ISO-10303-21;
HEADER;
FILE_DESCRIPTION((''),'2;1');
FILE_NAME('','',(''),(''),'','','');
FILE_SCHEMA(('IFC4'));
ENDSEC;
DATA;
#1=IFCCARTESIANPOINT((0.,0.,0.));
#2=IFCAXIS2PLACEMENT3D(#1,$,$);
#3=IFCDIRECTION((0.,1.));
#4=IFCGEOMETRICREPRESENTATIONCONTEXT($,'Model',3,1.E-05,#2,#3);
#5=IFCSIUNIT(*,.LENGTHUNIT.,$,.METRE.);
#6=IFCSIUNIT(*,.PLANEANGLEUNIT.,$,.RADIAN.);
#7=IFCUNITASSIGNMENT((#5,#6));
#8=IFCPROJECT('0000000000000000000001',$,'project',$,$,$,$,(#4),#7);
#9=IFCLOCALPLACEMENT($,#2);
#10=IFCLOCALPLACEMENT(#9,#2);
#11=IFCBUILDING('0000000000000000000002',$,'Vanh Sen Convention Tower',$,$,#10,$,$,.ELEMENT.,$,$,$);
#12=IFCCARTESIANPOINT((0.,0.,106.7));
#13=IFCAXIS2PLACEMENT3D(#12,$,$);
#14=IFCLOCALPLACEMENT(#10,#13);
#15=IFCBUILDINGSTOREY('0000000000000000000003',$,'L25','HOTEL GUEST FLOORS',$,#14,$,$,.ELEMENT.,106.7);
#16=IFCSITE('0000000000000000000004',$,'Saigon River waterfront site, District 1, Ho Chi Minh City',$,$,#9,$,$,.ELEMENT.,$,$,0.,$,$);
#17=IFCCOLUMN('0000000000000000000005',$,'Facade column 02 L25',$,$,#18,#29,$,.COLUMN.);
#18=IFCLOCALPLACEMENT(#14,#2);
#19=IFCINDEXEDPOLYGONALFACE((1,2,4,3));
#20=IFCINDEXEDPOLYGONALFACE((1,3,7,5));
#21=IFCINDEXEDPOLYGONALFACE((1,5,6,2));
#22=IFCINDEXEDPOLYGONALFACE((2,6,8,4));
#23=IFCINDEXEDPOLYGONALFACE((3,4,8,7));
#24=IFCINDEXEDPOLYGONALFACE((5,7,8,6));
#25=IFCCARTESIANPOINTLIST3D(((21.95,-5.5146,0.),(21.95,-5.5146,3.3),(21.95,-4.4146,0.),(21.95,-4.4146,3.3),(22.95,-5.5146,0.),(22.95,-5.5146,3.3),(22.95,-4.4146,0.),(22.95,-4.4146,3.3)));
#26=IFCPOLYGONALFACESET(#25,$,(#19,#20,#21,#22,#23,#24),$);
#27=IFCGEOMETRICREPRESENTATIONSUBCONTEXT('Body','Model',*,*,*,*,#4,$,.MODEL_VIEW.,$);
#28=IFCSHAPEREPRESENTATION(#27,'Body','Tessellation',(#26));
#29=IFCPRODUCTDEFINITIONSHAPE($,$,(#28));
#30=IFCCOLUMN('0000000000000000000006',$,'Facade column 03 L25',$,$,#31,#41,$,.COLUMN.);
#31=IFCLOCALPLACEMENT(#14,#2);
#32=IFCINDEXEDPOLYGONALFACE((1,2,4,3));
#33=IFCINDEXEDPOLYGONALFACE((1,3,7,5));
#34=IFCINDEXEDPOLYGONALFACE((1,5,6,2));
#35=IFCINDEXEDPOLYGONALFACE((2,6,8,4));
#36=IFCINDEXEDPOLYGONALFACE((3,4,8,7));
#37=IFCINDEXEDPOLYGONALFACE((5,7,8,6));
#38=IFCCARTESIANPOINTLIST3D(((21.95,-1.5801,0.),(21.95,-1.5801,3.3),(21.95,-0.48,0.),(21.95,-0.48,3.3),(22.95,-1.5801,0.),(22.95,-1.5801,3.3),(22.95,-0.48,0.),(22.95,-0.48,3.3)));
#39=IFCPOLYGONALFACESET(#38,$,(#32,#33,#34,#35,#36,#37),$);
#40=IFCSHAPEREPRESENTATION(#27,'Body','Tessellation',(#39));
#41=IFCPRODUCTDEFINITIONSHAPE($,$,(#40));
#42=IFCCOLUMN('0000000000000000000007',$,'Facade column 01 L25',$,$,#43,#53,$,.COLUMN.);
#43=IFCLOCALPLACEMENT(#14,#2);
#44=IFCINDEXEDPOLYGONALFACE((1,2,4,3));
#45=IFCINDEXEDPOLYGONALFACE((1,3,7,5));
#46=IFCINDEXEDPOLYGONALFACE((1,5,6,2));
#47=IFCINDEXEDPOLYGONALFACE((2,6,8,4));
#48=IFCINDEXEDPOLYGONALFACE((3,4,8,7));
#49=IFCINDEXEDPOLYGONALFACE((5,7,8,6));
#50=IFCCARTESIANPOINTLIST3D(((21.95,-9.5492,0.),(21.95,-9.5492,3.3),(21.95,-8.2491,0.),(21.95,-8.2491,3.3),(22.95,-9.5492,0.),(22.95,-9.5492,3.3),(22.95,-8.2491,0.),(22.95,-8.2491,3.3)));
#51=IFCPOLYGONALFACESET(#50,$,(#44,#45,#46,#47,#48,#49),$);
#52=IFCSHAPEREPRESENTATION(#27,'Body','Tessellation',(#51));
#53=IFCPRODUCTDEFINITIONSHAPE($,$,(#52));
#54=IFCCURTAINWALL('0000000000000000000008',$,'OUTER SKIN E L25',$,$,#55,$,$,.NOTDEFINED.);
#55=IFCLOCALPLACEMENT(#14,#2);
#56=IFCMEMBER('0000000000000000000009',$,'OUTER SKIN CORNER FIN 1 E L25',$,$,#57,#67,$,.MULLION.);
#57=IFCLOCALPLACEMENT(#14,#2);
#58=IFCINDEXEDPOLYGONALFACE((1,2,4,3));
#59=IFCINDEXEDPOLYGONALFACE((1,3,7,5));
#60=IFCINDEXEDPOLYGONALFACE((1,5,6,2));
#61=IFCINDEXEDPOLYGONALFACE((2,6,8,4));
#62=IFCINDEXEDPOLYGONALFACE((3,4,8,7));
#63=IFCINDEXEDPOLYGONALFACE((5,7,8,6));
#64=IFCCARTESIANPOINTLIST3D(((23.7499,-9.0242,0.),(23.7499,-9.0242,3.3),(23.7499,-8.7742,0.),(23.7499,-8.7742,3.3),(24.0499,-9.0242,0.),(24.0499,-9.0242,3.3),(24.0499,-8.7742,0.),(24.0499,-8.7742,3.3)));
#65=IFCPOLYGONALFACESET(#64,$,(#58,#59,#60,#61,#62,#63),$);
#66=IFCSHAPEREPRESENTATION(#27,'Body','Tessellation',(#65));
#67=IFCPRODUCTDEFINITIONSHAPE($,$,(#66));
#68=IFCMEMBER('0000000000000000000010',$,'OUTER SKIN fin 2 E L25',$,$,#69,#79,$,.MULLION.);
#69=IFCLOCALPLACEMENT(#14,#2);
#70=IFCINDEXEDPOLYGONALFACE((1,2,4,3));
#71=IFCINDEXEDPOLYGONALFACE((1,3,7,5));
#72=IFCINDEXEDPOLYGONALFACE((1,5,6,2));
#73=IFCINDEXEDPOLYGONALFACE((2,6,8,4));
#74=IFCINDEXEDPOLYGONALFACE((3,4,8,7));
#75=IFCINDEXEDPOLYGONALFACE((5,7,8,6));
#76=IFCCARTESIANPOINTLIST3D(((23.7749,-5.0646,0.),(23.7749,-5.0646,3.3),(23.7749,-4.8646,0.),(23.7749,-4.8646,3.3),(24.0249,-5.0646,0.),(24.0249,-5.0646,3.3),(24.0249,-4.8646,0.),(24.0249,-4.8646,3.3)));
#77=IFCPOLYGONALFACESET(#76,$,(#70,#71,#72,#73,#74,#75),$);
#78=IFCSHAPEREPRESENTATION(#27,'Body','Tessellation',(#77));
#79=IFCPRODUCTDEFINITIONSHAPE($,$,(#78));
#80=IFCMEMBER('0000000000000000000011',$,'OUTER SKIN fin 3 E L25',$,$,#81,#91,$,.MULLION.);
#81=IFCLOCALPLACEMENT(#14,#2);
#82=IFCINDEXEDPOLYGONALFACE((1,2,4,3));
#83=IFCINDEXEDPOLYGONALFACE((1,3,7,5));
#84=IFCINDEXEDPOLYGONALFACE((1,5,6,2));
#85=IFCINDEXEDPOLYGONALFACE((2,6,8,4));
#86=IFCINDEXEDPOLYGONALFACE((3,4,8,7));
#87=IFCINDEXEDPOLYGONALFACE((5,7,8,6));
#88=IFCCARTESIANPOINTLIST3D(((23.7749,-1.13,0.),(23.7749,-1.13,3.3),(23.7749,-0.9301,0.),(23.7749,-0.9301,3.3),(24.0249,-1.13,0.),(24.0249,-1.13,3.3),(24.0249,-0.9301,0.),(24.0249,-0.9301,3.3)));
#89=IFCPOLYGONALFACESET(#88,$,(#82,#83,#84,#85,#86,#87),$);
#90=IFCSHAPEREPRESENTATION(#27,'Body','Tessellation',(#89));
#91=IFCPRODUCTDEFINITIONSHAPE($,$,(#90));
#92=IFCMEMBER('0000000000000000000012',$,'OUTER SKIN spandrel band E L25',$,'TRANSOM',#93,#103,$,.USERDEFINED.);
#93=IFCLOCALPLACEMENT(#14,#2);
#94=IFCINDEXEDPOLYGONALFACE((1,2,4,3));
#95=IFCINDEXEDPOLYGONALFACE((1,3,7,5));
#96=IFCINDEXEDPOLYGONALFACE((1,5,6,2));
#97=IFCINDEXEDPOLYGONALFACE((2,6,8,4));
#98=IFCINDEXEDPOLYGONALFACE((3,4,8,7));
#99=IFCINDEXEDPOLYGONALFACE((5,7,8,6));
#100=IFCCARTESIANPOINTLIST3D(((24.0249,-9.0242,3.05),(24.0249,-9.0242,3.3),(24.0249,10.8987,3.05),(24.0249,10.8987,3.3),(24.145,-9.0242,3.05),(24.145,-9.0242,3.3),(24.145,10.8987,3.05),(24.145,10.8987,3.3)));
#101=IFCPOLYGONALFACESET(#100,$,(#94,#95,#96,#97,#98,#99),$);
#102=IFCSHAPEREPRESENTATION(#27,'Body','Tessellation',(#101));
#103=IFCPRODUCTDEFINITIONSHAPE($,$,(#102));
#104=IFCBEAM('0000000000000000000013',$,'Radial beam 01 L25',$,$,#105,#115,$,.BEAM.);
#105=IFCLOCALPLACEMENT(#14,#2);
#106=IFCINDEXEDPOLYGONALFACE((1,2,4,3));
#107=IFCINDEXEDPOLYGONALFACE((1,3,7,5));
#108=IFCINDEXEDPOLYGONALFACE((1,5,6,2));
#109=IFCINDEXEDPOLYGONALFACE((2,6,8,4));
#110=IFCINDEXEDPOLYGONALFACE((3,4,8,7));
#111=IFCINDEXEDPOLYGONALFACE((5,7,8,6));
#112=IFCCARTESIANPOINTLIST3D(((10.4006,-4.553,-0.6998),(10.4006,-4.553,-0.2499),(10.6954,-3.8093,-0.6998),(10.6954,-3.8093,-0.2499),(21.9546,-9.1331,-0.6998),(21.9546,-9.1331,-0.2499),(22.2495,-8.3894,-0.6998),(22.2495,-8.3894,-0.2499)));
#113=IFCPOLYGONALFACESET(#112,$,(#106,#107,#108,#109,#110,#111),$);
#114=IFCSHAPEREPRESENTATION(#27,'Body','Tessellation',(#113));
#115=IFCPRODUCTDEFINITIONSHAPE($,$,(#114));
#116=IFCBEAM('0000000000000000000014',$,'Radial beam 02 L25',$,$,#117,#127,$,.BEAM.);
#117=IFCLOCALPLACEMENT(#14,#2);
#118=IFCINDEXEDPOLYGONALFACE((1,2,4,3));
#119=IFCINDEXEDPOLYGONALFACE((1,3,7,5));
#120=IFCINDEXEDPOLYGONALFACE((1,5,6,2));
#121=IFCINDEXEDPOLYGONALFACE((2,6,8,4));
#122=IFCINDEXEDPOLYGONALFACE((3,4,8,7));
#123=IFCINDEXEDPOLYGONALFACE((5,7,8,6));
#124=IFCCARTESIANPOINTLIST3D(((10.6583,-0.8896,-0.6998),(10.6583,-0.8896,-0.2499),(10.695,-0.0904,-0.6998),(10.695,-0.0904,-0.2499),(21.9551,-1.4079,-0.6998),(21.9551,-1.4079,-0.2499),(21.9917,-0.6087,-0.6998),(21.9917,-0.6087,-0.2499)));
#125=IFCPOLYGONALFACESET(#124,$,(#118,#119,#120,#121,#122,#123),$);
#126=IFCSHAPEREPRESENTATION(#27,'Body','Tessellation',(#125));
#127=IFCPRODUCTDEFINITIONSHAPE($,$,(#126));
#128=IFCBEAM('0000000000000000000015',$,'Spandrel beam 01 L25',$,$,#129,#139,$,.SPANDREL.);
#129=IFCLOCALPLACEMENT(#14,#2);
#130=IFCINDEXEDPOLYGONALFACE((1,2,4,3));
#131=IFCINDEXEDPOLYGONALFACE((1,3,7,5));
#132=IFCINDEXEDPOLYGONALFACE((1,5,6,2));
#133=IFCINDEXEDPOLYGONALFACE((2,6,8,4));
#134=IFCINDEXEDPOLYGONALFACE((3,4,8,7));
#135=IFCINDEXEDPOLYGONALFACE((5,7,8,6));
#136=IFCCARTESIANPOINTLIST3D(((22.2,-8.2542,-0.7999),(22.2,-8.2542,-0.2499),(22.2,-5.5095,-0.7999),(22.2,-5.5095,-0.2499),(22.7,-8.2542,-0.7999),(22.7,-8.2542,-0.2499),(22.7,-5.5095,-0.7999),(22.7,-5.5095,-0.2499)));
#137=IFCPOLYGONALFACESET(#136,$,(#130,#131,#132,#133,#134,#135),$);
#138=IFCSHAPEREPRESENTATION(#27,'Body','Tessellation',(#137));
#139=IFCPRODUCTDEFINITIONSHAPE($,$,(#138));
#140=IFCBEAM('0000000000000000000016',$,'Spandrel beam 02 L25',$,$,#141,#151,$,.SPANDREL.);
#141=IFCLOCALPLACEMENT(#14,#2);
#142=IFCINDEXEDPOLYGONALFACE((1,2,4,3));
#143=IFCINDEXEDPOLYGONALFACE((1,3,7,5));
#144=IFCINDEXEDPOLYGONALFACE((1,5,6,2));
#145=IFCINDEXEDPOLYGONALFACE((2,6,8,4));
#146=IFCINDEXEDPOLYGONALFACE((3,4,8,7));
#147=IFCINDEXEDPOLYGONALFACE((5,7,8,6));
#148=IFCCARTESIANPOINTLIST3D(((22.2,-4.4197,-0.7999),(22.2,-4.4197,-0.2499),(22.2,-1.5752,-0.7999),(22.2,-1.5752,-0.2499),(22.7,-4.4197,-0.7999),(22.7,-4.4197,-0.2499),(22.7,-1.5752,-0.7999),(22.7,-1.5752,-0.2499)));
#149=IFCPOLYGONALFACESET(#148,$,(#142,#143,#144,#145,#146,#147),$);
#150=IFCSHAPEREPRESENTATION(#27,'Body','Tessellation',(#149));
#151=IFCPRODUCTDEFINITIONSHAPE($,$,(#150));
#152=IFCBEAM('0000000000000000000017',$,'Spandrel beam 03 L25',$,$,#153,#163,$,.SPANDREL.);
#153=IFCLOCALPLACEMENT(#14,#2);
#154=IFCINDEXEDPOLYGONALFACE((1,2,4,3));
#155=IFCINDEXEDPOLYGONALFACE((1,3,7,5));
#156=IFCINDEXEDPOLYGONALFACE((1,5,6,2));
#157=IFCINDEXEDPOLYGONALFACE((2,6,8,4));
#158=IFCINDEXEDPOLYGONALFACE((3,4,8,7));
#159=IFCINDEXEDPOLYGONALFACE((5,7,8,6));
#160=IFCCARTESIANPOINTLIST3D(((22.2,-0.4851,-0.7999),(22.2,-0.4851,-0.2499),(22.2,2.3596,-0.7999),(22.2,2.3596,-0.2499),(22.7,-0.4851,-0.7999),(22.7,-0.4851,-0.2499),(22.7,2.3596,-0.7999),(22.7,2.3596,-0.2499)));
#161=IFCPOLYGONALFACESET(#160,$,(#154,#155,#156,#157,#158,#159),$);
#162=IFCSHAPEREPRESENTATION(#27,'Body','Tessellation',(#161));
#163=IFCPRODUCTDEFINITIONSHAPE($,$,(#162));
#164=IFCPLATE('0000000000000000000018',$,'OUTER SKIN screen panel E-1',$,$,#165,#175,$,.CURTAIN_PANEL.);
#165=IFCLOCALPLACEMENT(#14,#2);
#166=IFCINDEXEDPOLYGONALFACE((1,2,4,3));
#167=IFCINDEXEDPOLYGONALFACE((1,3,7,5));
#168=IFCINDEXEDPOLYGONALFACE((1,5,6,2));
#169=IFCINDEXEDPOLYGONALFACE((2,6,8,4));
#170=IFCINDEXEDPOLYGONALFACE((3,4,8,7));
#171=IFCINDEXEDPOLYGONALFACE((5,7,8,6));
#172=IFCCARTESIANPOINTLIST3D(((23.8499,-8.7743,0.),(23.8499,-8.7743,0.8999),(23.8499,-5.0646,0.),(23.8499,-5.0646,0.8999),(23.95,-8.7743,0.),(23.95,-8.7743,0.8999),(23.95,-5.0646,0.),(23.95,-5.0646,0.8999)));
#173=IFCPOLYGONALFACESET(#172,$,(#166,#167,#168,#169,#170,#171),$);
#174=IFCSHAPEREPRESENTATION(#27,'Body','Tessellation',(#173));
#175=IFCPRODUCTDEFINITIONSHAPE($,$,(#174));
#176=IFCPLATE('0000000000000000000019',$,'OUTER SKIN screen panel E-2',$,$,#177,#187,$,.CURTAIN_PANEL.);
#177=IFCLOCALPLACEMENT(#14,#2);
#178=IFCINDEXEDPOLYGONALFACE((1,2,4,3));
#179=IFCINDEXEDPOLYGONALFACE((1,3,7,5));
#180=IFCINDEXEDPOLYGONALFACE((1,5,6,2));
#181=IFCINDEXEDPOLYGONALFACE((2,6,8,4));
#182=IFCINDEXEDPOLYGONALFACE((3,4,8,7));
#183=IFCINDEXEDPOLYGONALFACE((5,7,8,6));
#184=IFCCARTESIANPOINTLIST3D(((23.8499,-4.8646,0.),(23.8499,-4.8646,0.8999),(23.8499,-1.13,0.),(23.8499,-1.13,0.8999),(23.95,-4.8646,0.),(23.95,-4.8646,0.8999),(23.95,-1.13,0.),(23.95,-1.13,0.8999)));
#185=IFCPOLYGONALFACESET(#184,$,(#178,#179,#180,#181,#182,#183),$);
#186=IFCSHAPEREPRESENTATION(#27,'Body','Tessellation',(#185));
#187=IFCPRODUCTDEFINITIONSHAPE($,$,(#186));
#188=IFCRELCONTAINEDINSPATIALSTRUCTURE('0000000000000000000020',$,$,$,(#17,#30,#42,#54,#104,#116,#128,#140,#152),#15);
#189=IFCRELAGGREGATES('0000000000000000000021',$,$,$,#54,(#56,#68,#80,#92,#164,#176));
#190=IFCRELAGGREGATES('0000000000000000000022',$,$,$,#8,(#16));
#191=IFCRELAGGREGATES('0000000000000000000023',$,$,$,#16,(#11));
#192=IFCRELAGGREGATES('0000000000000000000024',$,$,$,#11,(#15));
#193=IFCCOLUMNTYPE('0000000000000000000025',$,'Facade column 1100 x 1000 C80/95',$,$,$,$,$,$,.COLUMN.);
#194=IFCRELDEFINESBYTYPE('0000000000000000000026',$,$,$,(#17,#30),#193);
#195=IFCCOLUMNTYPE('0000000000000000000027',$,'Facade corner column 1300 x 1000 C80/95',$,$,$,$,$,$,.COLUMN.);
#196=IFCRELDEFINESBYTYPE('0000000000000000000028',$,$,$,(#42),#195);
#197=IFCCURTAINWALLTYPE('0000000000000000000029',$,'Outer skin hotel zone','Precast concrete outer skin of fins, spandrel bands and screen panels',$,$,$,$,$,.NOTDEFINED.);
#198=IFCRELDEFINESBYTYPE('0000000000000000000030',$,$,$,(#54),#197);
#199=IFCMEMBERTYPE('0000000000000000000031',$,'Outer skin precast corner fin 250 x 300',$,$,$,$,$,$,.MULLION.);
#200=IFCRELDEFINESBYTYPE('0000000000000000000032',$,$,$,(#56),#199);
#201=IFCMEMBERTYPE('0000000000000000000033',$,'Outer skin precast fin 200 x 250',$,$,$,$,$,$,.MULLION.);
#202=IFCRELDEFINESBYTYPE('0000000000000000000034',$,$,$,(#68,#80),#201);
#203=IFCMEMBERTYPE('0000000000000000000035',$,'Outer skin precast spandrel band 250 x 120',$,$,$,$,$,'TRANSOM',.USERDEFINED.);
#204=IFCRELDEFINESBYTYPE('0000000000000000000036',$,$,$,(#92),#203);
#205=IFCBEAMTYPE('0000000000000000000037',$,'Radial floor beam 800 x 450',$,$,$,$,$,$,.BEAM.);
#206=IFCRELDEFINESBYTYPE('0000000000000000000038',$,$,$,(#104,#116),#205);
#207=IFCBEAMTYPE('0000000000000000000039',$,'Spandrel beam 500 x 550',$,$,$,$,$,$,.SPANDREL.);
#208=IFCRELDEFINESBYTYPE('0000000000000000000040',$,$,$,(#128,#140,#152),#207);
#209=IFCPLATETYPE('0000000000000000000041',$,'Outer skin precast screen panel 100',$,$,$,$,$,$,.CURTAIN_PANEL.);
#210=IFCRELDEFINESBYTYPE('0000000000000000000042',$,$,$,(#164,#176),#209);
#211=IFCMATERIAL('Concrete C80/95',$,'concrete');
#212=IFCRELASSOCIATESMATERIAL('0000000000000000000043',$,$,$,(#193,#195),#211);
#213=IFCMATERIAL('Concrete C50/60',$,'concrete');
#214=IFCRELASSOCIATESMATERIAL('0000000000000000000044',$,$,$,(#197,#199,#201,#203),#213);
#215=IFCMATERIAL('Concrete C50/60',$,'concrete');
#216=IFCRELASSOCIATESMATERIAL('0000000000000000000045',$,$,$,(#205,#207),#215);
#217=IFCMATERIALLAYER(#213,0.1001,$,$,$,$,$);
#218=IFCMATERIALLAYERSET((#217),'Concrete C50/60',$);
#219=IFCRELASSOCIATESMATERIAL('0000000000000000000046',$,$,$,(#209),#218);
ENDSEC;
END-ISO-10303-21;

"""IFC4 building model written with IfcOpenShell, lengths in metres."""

from ifc_helpers import new_model, si_unit, direction, frame, origin, origin_2d, place, context, subcontext, project, spatial, rectangle, extrude, material, layer, layer_set, material_profile, profile_set, type_object, element, aggregate, save


model = new_model("IFC4")

# Units and contexts
model_context = context("Model", 3, precision=1e-05, world=origin(), true_north=direction((0.0, 1.0)))
body_context = subcontext(model_context, "Body", "Model", "MODEL_VIEW")
ifc_project = project(units=[si_unit("LENGTHUNIT", "METRE"), si_unit("PLANEANGLEUNIT", "RADIAN")], contexts=[model_context])

# Site, building, storey
site_placement = place(None, origin())
site = spatial("IfcSite", under=ifc_project, at=site_placement, Name="Saigon River waterfront site, District 1, Ho Chi Minh City", CompositionType="ELEMENT", RefElevation=0.0)
building_placement = place(site_placement, origin())
building = spatial("IfcBuilding", under=site, at=building_placement, Name="Vanh Sen Convention Tower", CompositionType="ELEMENT")
storey_placement = place(building_placement, frame((0.0, 0.0, 106.7)))
storey = spatial("IfcBuildingStorey", under=building, at=storey_placement, Name="L25", Description="HOTEL GUEST FLOORS", CompositionType="ELEMENT", Elevation=106.7)

# Columns
ifc_material_1 = material(Name="Concrete C80/95", Category="concrete")
ifc_material_profile_1 = material_profile(ifc_material_1, rectangle(XDim=1.1001, YDim=1.0, at=origin_2d()), Name="RC 1100X1000")
ifc_profile_set_1 = profile_set([ifc_material_profile_1], Name="Concrete C80/95")
column_type_1 = type_object("IfcColumnType", Name="Facade column 1100 x 1000 C80/95", PredefinedType="COLUMN", material=ifc_profile_set_1)
for number, where, z_axis, x_axis, name in (
    (1, (22.45, -4.9646, 0.0), (0.0, 0.0, 1.0), (0.0, 1.0, 0.0), "Facade column 02 L25"),
    (2, (22.45, -1.03, 0.0), (0.0, 0.0, 1.0), (0.0, 1.0, 0.0), "Facade column 03 L25"),
):
    element("IfcColumn", number, at=place(storey_placement, frame(where, z_axis=z_axis, x_axis=x_axis)), inside=storey, type_object=column_type_1, Name=name, PredefinedType="COLUMN", context=body_context, shape_type="SweptSolid", body=[
        extrude(rectangle(XDim=1.1001, YDim=1.0, at=origin_2d()), origin(), (0.0, 0.0, 1.0), 3.3),
    ])
ifc_material_profile_2 = material_profile(ifc_material_1, rectangle(XDim=1.3, YDim=1.0, at=origin_2d()), Name="RC 1300X1000")
ifc_profile_set_2 = profile_set([ifc_material_profile_2], Name="Concrete C80/95")
column_type_2 = type_object("IfcColumnType", Name="Facade corner column 1300 x 1000 C80/95", PredefinedType="COLUMN", material=ifc_profile_set_2)
column_placement = place(storey_placement, frame((22.45, -8.8992, 0.0), z_axis=(0.0, 0.0, 1.0), x_axis=(0.0, 1.0, 0.0)))
element("IfcColumn", 3, at=column_placement, inside=storey, type_object=column_type_2, Name="Facade column 01 L25", PredefinedType="COLUMN", context=body_context, shape_type="SweptSolid", body=[
    extrude(rectangle(XDim=1.3, YDim=1.0, at=origin_2d()), origin(), (0.0, 0.0, 1.0), 3.3),
])

# Curtain wall, members
ifc_material_2 = material(Name="Concrete C50/60", Category="concrete")
curtain_wall_type = type_object("IfcCurtainWallType", Name="Outer skin hotel zone", Description="Precast concrete outer skin of fins, spandrel bands and screen panels", PredefinedType="NOTDEFINED", material=ifc_material_2)
curtain_wall_1_placement = place(storey_placement, origin())
curtain_wall_1 = element("IfcCurtainWall", 4, at=curtain_wall_1_placement, inside=storey, type_object=curtain_wall_type, Name="OUTER SKIN E L25", PredefinedType="NOTDEFINED")
ifc_material_profile_3 = material_profile(ifc_material_2, rectangle(XDim=0.25, YDim=0.3, at=origin_2d()), Name="Outer skin precast corner fin 250 x 300")
ifc_profile_set_3 = profile_set([ifc_material_profile_3], Name="Concrete C50/60")
member_type_1 = type_object("IfcMemberType", Name="Outer skin precast corner fin 250 x 300", PredefinedType="MULLION", material=ifc_profile_set_3)
member_1_placement = place(storey_placement, frame((23.8999, -8.8992, 0.0), z_axis=(0.0, 0.0, 1.0), x_axis=(0.0, 1.0, 0.0)))
member_1 = element("IfcMember", 5, at=member_1_placement, type_object=member_type_1, Name="OUTER SKIN CORNER FIN 1 E L25", PredefinedType="MULLION", context=body_context, shape_type="SweptSolid", body=[
    extrude(rectangle(XDim=0.25, YDim=0.3, at=origin_2d()), origin(), (0.0, 0.0, 1.0), 3.3),
])
ifc_material_profile_4 = material_profile(ifc_material_2, rectangle(XDim=0.2, YDim=0.25, at=origin_2d()), Name="Outer skin precast fin 200 x 250")
ifc_profile_set_4 = profile_set([ifc_material_profile_4], Name="Concrete C50/60")
member_type_2 = type_object("IfcMemberType", Name="Outer skin precast fin 200 x 250", PredefinedType="MULLION", material=ifc_profile_set_4)
member_2_placement = place(storey_placement, frame((23.8999, -4.9646, 0.0), z_axis=(0.0, 0.0, 1.0), x_axis=(0.0, 1.0, 0.0)))
member_2 = element("IfcMember", 6, at=member_2_placement, type_object=member_type_2, Name="OUTER SKIN fin 2 E L25", PredefinedType="MULLION", context=body_context, shape_type="SweptSolid", body=[
    extrude(rectangle(XDim=0.2, YDim=0.25, at=origin_2d()), origin(), (0.0, 0.0, 1.0), 3.3),
])
member_3_placement = place(storey_placement, frame((23.8999, -1.03, 0.0), z_axis=(0.0, 0.0, 1.0), x_axis=(0.0, 1.0, 0.0)))
member_3 = element("IfcMember", 7, at=member_3_placement, type_object=member_type_2, Name="OUTER SKIN fin 3 E L25", PredefinedType="MULLION", context=body_context, shape_type="SweptSolid", body=[
    extrude(rectangle(XDim=0.2, YDim=0.25, at=origin_2d()), origin(), (0.0, 0.0, 1.0), 3.3),
])
ifc_material_profile_5 = material_profile(ifc_material_2, rectangle(XDim=0.1201, YDim=0.25, at=origin_2d()), Name="Outer skin precast spandrel band 250 x 120")
ifc_profile_set_5 = profile_set([ifc_material_profile_5], Name="Concrete C50/60")
member_type_3 = type_object("IfcMemberType", Name="Outer skin precast spandrel band 250 x 120", ElementType="TRANSOM", PredefinedType="USERDEFINED", material=ifc_profile_set_5)
member_4_placement = place(storey_placement, frame((24.085, -9.0242, 3.175), z_axis=(0.0, 1.0, 0.0), x_axis=(-1.0, 0.0, 0.0)))
member_4 = element("IfcMember", 8, at=member_4_placement, type_object=member_type_3, Name="OUTER SKIN spandrel band E L25", ObjectType="TRANSOM", PredefinedType="USERDEFINED", context=body_context, shape_type="SweptSolid", body=[
    extrude(rectangle(XDim=0.1201, YDim=0.25, at=origin_2d()), origin(), (0.0, 0.0, 1.0), 19.9229),
])

# Beams
ifc_material_3 = material(Name="Concrete C50/60", Category="concrete")
ifc_material_profile_6 = material_profile(ifc_material_3, rectangle(XDim=0.8, YDim=0.45, at=origin_2d()), Name="RC 800X450")
ifc_profile_set_6 = profile_set([ifc_material_profile_6], Name="Concrete C50/60")
beam_type_1 = type_object("IfcBeamType", Name="Radial floor beam 800 x 450", PredefinedType="BEAM", material=ifc_profile_set_6)
beam_1_placement = place(storey_placement, frame((22.1021, -8.7612, -0.4749), z_axis=(-0.929624, 0.36851, 0.0), x_axis=(-0.36851, -0.929624, 0.0)))
element("IfcBeam", 9, at=beam_1_placement, inside=storey, type_object=beam_type_1, Name="Radial beam 01 L25", PredefinedType="BEAM", context=body_context, shape_type="SweptSolid", body=[
    extrude(rectangle(XDim=0.8, YDim=0.45, at=origin_2d()), origin(), (0.0, 0.0, 1.0), 12.4287),
])
beam_2_placement = place(storey_placement, frame((21.9734, -1.0083, -0.4749), z_axis=(-0.998949, 0.045834, 0.0), x_axis=(-0.045834, -0.998949, 0.0)))
element("IfcBeam", 10, at=beam_2_placement, inside=storey, type_object=beam_type_1, Name="Radial beam 02 L25", PredefinedType="BEAM", context=body_context, shape_type="SweptSolid", body=[
    extrude(rectangle(XDim=0.8, YDim=0.45, at=origin_2d()), origin(), (0.0, 0.0, 1.0), 11.3086),
])
ifc_material_profile_7 = material_profile(ifc_material_3, rectangle(XDim=0.5, YDim=0.55, at=origin_2d()), Name="RC 500X550")
ifc_profile_set_7 = profile_set([ifc_material_profile_7], Name="Concrete C50/60")
beam_type_2 = type_object("IfcBeamType", Name="Spandrel beam 500 x 550", PredefinedType="SPANDREL", material=ifc_profile_set_7)
beam_3_placement = place(storey_placement, frame((22.45, -8.2542, -0.5249), z_axis=(0.0, 1.0, 0.0), x_axis=(-1.0, 0.0, 0.0)))
element("IfcBeam", 11, at=beam_3_placement, inside=storey, type_object=beam_type_2, Name="Spandrel beam 01 L25", PredefinedType="SPANDREL", context=body_context, shape_type="SweptSolid", body=[
    extrude(rectangle(XDim=0.5, YDim=0.55, at=origin_2d()), origin(), (0.0, 0.0, 1.0), 2.7446),
])
beam_4_placement = place(storey_placement, frame((22.45, -4.4197, -0.5249), z_axis=(0.0, 1.0, 0.0), x_axis=(-1.0, 0.0, 0.0)))
element("IfcBeam", 12, at=beam_4_placement, inside=storey, type_object=beam_type_2, Name="Spandrel beam 02 L25", PredefinedType="SPANDREL", context=body_context, shape_type="SweptSolid", body=[
    extrude(rectangle(XDim=0.5, YDim=0.55, at=origin_2d()), origin(), (0.0, 0.0, 1.0), 2.8445),
])
beam_5_placement = place(storey_placement, frame((22.45, -0.4851, -0.5249), z_axis=(0.0, 1.0, 0.0), x_axis=(-1.0, 0.0, 0.0)))
element("IfcBeam", 13, at=beam_5_placement, inside=storey, type_object=beam_type_2, Name="Spandrel beam 03 L25", PredefinedType="SPANDREL", context=body_context, shape_type="SweptSolid", body=[
    extrude(rectangle(XDim=0.5, YDim=0.55, at=origin_2d()), origin(), (0.0, 0.0, 1.0), 2.8447),
])

# Plates
ifc_layer_1 = layer(ifc_material_2, 0.1001)
ifc_layer_set_1 = layer_set([ifc_layer_1], Name="Concrete C50/60")
plate_type = type_object("IfcPlateType", Name="Outer skin precast screen panel 100", PredefinedType="CURTAIN_PANEL", material=ifc_layer_set_1)
plate_1_placement = place(storey_placement, frame((23.8999, -6.9194, 0.0), z_axis=(0.0, 0.0, 1.0), x_axis=(0.0, 1.0, 0.0)))
plate_1 = element("IfcPlate", 14, at=plate_1_placement, type_object=plate_type, Name="OUTER SKIN screen panel E-1", PredefinedType="CURTAIN_PANEL", context=body_context, shape_type="SweptSolid", body=[
    extrude(rectangle(XDim=3.7097, YDim=0.1001, at=origin_2d()), origin(), (0.0, 0.0, 1.0), 0.8999),
])
plate_2_placement = place(storey_placement, frame((23.8999, -2.9973, 0.0), z_axis=(0.0, 0.0, 1.0), x_axis=(0.0, 1.0, 0.0)))
plate_2 = element("IfcPlate", 15, at=plate_2_placement, type_object=plate_type, Name="OUTER SKIN screen panel E-2", PredefinedType="CURTAIN_PANEL", context=body_context, shape_type="SweptSolid", body=[
    extrude(rectangle(XDim=3.7346, YDim=0.1001, at=origin_2d()), origin(), (0.0, 0.0, 1.0), 0.8999),
])
aggregate(curtain_wall_1, [member_1, member_2, member_3, member_4, plate_1, plate_2])

save(model, "model.ifc")
